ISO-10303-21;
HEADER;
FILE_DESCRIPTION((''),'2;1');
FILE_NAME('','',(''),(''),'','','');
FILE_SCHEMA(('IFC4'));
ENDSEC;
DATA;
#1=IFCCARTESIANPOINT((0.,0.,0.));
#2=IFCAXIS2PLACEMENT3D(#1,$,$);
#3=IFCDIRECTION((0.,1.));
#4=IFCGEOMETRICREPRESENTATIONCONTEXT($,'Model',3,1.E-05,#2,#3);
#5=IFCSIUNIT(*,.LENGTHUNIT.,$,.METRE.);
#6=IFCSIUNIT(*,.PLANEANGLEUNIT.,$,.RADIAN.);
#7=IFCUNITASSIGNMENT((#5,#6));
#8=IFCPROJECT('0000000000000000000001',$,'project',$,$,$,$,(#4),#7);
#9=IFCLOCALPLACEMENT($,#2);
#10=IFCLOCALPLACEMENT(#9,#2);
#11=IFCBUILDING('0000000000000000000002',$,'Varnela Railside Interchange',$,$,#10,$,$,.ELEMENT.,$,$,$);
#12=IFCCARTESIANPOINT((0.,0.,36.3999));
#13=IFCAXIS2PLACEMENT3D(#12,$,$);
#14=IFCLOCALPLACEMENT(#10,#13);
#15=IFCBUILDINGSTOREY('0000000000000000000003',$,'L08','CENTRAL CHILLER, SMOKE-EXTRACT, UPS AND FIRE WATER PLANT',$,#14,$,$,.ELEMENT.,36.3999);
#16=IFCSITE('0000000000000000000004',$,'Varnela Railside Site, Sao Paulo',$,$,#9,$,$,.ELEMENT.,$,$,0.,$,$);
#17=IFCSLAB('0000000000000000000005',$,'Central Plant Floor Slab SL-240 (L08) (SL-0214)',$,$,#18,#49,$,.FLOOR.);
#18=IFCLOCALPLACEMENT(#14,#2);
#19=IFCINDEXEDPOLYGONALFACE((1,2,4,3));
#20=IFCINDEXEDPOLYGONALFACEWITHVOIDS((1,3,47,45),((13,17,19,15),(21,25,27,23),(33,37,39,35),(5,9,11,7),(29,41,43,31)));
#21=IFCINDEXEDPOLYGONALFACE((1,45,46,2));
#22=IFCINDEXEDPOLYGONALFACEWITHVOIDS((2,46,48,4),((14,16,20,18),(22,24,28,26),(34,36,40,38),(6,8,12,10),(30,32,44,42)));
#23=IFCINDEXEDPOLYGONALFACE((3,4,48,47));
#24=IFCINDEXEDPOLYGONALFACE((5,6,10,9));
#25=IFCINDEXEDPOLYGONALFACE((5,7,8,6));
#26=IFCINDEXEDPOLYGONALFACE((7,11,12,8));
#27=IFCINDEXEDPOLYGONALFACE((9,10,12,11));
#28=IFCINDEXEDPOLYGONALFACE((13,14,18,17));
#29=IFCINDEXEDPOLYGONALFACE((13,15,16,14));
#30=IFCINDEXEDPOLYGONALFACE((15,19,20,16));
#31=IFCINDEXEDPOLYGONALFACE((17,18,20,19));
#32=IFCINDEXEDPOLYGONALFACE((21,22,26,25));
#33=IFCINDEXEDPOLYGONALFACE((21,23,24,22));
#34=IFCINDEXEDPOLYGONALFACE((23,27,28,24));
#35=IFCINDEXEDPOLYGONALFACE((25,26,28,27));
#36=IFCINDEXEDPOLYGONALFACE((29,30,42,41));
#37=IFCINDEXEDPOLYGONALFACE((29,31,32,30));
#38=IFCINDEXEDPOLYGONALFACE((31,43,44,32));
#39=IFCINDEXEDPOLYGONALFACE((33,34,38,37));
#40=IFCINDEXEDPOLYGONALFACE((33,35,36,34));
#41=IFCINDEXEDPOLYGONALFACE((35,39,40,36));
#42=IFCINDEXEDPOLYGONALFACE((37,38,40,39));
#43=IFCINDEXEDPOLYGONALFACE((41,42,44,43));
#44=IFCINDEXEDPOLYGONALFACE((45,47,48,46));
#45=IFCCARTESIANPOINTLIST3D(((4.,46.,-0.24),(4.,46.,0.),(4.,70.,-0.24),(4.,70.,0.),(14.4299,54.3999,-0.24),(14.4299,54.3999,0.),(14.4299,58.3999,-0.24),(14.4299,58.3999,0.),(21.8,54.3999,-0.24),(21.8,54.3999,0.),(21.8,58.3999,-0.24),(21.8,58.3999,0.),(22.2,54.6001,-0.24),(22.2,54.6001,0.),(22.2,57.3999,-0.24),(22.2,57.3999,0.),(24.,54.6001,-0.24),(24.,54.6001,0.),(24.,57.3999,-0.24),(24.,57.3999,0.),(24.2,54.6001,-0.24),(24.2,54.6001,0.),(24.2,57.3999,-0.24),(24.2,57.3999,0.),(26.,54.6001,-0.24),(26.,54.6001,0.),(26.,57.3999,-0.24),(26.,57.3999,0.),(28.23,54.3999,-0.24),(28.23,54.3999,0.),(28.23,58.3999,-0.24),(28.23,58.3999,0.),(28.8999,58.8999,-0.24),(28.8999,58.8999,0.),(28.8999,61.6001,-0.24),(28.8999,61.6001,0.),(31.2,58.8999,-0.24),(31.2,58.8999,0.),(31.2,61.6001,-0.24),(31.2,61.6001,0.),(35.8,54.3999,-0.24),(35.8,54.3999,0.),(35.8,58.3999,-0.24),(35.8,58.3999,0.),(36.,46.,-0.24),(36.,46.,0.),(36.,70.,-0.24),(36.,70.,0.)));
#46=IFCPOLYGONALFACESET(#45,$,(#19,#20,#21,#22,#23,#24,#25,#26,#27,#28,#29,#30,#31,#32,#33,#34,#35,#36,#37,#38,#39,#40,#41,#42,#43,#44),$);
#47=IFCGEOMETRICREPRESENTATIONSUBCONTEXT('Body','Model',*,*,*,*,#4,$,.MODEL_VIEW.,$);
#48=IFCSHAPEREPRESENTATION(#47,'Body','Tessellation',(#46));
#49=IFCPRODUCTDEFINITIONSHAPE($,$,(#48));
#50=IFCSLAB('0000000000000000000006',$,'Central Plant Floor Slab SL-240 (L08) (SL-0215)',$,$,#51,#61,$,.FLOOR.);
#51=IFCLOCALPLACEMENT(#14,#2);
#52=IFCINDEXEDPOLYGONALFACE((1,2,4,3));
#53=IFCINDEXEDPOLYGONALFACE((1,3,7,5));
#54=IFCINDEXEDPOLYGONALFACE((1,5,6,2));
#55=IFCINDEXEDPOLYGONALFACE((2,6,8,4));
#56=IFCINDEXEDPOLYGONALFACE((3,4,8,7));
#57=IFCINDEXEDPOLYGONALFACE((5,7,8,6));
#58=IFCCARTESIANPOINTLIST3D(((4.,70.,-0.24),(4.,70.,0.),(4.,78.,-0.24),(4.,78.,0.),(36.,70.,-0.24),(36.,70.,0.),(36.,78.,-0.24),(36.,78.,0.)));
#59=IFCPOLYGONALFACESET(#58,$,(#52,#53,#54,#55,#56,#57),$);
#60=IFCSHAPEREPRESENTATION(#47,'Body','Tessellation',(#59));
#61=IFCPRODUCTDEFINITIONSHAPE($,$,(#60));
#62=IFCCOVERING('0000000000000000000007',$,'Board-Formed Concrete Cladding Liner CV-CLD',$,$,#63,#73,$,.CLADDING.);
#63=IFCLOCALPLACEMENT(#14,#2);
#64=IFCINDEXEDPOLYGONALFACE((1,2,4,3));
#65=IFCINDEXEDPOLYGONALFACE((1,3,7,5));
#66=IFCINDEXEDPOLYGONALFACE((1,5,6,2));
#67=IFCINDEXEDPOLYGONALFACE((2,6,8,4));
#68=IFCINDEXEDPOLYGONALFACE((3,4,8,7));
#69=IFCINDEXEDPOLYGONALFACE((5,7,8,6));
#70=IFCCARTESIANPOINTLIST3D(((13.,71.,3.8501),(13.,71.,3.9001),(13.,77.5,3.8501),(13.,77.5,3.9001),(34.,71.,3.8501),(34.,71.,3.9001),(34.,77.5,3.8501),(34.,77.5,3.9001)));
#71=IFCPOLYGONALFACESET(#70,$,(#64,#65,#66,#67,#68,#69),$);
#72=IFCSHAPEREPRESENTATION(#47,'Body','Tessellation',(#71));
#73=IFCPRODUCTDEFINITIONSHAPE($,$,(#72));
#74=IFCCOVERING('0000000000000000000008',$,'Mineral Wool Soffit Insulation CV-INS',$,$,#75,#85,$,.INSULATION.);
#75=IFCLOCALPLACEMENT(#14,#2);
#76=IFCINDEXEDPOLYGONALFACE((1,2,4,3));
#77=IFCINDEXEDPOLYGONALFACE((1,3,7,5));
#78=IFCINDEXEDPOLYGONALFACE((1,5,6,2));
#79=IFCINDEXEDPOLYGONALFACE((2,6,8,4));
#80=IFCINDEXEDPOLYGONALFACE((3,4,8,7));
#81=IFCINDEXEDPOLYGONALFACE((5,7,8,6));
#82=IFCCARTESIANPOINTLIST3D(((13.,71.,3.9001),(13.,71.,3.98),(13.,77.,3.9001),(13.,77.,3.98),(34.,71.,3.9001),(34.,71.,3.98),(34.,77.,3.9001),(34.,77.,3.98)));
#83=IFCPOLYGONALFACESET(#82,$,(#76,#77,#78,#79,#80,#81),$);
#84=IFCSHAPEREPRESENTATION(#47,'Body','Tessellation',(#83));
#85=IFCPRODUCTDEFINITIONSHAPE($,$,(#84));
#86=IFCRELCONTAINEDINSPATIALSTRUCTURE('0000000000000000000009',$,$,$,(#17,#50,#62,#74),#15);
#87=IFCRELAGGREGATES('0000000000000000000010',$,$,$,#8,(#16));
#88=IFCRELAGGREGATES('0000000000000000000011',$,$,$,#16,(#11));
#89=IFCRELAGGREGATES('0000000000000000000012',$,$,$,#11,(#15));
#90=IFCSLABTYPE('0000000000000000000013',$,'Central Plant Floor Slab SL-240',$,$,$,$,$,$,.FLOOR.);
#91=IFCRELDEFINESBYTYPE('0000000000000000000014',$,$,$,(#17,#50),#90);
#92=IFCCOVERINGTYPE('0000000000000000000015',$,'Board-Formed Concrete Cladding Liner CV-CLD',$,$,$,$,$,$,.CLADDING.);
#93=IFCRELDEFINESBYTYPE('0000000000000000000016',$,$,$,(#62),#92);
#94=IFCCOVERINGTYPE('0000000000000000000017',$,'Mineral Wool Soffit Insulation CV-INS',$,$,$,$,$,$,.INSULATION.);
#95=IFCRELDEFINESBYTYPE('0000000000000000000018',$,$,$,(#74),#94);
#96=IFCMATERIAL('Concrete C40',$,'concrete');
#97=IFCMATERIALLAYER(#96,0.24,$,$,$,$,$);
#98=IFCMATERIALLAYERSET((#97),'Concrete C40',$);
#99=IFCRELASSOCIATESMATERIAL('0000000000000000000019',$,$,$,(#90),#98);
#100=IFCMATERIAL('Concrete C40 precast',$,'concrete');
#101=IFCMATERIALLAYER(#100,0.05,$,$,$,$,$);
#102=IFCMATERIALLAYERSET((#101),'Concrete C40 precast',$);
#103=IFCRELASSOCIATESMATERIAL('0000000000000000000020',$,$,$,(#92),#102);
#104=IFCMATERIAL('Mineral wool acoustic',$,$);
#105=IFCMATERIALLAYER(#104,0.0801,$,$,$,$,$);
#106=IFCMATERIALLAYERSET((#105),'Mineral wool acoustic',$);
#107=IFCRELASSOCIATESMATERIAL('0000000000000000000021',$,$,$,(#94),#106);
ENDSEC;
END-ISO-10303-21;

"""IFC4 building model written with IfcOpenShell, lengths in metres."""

from ifc_helpers import new_model, si_unit, direction, frame, origin, place, context, subcontext, project, spatial, polyline, outline, extrude, material, layer, layer_set, type_object, element, save


model = new_model("IFC4")

# Units and contexts
model_context = context("Model", 3, precision=1e-05, world=origin(), true_north=direction((0.0, 1.0)))
body_context = subcontext(model_context, "Body", "Model", "MODEL_VIEW")
ifc_project = project(units=[si_unit("LENGTHUNIT", "METRE"), si_unit("PLANEANGLEUNIT", "RADIAN")], contexts=[model_context])

# Site, building, storey
site_placement = place(None, origin())
site = spatial("IfcSite", under=ifc_project, at=site_placement, Name="Varnela Railside Site, Sao Paulo", CompositionType="ELEMENT", RefElevation=0.0)
building_placement = place(site_placement, origin())
building = spatial("IfcBuilding", under=site, at=building_placement, Name="Varnela Railside Interchange", CompositionType="ELEMENT")
storey_placement = place(building_placement, frame((0.0, 0.0, 36.3999)))
storey = spatial("IfcBuildingStorey", under=building, at=storey_placement, Name="L08", Description="CENTRAL CHILLER, SMOKE-EXTRACT, UPS AND FIRE WATER PLANT", CompositionType="ELEMENT", Elevation=36.3999)

# Slabs
ifc_material_1 = material(Name="Concrete C40", Category="concrete")
ifc_layer_1 = layer(ifc_material_1, 0.24)
ifc_layer_set_1 = layer_set([ifc_layer_1], Name="Concrete C40")
slab_type = type_object("IfcSlabType", Name="Central Plant Floor Slab SL-240", PredefinedType="FLOOR", material=ifc_layer_set_1)
slab_1_placement = place(storey_placement, frame((0.0, 0.0, -0.24)))
element("IfcSlab", 1, at=slab_1_placement, inside=storey, type_object=slab_type, Name="Central Plant Floor Slab SL-240 (L08) (SL-0214)", PredefinedType="FLOOR", context=body_context, shape_type="SweptSolid", body=[
    extrude(outline(polyline([(4.0, 46.0), (36.0, 46.0), (36.0, 70.0), (4.0, 70.0), (4.0, 46.0)]), holes=[polyline([(14.4299, 54.3999), (21.8, 54.3999), (21.8, 58.3999), (14.4299, 58.3999), (14.4299, 54.3999)]), polyline([(28.23, 54.3999), (35.8, 54.3999), (35.8, 58.3999), (28.23, 58.3999), (28.23, 54.3999)]), polyline([(22.2, 54.6001), (24.0, 54.6001), (24.0, 57.3999), (22.2, 57.3999), (22.2, 54.6001)]), polyline([(24.2, 54.6001), (26.0, 54.6001), (26.0, 57.3999), (24.2, 57.3999), (24.2, 54.6001)]), polyline([(28.8999, 58.8999), (31.2, 58.8999), (31.2, 61.6001), (28.8999, 61.6001), (28.8999, 58.8999)])]), origin(), (0.0, 0.0, 1.0), 0.24),
])
slab_2_placement = place(storey_placement, frame((0.0, 0.0, -0.24)))
element("IfcSlab", 2, at=slab_2_placement, inside=storey, type_object=slab_type, Name="Central Plant Floor Slab SL-240 (L08) (SL-0215)", PredefinedType="FLOOR", context=body_context, shape_type="SweptSolid", body=[
    extrude(outline(polyline([(4.0, 70.0), (36.0, 70.0), (36.0, 78.0), (4.0, 78.0), (4.0, 70.0)])), origin(), (0.0, 0.0, 1.0), 0.24),
])

# Coverings
ifc_material_2 = material(Name="Concrete C40 precast", Category="concrete")
ifc_layer_2 = layer(ifc_material_2, 0.05)
ifc_layer_set_2 = layer_set([ifc_layer_2], Name="Concrete C40 precast")
covering_type_1 = type_object("IfcCoveringType", Name="Board-Formed Concrete Cladding Liner CV-CLD", PredefinedType="CLADDING", material=ifc_layer_set_2)
covering_1_placement = place(storey_placement, frame((0.0, 0.0, 3.8501)))
element("IfcCovering", 3, at=covering_1_placement, inside=storey, type_object=covering_type_1, Name="Board-Formed Concrete Cladding Liner CV-CLD", PredefinedType="CLADDING", context=body_context, shape_type="SweptSolid", body=[
    extrude(outline(polyline([(13.0, 71.0), (34.0, 71.0), (34.0, 77.5), (13.0, 77.5), (13.0, 71.0)])), origin(), (0.0, 0.0, 1.0), 0.05),
])
ifc_material_3 = material(Name="Mineral wool acoustic")
ifc_layer_3 = layer(ifc_material_3, 0.0801)
ifc_layer_set_3 = layer_set([ifc_layer_3], Name="Mineral wool acoustic")
covering_type_2 = type_object("IfcCoveringType", Name="Mineral Wool Soffit Insulation CV-INS", PredefinedType="INSULATION", material=ifc_layer_set_3)
covering_2_placement = place(storey_placement, frame((0.0, 0.0, 3.9001)))
element("IfcCovering", 4, at=covering_2_placement, inside=storey, type_object=covering_type_2, Name="Mineral Wool Soffit Insulation CV-INS", PredefinedType="INSULATION", context=body_context, shape_type="SweptSolid", body=[
    extrude(outline(polyline([(13.0, 71.0), (34.0, 71.0), (34.0, 77.0), (13.0, 77.0), (13.0, 71.0)])), origin(), (0.0, 0.0, 1.0), 0.0798),
])

save(model, "model.ifc")
